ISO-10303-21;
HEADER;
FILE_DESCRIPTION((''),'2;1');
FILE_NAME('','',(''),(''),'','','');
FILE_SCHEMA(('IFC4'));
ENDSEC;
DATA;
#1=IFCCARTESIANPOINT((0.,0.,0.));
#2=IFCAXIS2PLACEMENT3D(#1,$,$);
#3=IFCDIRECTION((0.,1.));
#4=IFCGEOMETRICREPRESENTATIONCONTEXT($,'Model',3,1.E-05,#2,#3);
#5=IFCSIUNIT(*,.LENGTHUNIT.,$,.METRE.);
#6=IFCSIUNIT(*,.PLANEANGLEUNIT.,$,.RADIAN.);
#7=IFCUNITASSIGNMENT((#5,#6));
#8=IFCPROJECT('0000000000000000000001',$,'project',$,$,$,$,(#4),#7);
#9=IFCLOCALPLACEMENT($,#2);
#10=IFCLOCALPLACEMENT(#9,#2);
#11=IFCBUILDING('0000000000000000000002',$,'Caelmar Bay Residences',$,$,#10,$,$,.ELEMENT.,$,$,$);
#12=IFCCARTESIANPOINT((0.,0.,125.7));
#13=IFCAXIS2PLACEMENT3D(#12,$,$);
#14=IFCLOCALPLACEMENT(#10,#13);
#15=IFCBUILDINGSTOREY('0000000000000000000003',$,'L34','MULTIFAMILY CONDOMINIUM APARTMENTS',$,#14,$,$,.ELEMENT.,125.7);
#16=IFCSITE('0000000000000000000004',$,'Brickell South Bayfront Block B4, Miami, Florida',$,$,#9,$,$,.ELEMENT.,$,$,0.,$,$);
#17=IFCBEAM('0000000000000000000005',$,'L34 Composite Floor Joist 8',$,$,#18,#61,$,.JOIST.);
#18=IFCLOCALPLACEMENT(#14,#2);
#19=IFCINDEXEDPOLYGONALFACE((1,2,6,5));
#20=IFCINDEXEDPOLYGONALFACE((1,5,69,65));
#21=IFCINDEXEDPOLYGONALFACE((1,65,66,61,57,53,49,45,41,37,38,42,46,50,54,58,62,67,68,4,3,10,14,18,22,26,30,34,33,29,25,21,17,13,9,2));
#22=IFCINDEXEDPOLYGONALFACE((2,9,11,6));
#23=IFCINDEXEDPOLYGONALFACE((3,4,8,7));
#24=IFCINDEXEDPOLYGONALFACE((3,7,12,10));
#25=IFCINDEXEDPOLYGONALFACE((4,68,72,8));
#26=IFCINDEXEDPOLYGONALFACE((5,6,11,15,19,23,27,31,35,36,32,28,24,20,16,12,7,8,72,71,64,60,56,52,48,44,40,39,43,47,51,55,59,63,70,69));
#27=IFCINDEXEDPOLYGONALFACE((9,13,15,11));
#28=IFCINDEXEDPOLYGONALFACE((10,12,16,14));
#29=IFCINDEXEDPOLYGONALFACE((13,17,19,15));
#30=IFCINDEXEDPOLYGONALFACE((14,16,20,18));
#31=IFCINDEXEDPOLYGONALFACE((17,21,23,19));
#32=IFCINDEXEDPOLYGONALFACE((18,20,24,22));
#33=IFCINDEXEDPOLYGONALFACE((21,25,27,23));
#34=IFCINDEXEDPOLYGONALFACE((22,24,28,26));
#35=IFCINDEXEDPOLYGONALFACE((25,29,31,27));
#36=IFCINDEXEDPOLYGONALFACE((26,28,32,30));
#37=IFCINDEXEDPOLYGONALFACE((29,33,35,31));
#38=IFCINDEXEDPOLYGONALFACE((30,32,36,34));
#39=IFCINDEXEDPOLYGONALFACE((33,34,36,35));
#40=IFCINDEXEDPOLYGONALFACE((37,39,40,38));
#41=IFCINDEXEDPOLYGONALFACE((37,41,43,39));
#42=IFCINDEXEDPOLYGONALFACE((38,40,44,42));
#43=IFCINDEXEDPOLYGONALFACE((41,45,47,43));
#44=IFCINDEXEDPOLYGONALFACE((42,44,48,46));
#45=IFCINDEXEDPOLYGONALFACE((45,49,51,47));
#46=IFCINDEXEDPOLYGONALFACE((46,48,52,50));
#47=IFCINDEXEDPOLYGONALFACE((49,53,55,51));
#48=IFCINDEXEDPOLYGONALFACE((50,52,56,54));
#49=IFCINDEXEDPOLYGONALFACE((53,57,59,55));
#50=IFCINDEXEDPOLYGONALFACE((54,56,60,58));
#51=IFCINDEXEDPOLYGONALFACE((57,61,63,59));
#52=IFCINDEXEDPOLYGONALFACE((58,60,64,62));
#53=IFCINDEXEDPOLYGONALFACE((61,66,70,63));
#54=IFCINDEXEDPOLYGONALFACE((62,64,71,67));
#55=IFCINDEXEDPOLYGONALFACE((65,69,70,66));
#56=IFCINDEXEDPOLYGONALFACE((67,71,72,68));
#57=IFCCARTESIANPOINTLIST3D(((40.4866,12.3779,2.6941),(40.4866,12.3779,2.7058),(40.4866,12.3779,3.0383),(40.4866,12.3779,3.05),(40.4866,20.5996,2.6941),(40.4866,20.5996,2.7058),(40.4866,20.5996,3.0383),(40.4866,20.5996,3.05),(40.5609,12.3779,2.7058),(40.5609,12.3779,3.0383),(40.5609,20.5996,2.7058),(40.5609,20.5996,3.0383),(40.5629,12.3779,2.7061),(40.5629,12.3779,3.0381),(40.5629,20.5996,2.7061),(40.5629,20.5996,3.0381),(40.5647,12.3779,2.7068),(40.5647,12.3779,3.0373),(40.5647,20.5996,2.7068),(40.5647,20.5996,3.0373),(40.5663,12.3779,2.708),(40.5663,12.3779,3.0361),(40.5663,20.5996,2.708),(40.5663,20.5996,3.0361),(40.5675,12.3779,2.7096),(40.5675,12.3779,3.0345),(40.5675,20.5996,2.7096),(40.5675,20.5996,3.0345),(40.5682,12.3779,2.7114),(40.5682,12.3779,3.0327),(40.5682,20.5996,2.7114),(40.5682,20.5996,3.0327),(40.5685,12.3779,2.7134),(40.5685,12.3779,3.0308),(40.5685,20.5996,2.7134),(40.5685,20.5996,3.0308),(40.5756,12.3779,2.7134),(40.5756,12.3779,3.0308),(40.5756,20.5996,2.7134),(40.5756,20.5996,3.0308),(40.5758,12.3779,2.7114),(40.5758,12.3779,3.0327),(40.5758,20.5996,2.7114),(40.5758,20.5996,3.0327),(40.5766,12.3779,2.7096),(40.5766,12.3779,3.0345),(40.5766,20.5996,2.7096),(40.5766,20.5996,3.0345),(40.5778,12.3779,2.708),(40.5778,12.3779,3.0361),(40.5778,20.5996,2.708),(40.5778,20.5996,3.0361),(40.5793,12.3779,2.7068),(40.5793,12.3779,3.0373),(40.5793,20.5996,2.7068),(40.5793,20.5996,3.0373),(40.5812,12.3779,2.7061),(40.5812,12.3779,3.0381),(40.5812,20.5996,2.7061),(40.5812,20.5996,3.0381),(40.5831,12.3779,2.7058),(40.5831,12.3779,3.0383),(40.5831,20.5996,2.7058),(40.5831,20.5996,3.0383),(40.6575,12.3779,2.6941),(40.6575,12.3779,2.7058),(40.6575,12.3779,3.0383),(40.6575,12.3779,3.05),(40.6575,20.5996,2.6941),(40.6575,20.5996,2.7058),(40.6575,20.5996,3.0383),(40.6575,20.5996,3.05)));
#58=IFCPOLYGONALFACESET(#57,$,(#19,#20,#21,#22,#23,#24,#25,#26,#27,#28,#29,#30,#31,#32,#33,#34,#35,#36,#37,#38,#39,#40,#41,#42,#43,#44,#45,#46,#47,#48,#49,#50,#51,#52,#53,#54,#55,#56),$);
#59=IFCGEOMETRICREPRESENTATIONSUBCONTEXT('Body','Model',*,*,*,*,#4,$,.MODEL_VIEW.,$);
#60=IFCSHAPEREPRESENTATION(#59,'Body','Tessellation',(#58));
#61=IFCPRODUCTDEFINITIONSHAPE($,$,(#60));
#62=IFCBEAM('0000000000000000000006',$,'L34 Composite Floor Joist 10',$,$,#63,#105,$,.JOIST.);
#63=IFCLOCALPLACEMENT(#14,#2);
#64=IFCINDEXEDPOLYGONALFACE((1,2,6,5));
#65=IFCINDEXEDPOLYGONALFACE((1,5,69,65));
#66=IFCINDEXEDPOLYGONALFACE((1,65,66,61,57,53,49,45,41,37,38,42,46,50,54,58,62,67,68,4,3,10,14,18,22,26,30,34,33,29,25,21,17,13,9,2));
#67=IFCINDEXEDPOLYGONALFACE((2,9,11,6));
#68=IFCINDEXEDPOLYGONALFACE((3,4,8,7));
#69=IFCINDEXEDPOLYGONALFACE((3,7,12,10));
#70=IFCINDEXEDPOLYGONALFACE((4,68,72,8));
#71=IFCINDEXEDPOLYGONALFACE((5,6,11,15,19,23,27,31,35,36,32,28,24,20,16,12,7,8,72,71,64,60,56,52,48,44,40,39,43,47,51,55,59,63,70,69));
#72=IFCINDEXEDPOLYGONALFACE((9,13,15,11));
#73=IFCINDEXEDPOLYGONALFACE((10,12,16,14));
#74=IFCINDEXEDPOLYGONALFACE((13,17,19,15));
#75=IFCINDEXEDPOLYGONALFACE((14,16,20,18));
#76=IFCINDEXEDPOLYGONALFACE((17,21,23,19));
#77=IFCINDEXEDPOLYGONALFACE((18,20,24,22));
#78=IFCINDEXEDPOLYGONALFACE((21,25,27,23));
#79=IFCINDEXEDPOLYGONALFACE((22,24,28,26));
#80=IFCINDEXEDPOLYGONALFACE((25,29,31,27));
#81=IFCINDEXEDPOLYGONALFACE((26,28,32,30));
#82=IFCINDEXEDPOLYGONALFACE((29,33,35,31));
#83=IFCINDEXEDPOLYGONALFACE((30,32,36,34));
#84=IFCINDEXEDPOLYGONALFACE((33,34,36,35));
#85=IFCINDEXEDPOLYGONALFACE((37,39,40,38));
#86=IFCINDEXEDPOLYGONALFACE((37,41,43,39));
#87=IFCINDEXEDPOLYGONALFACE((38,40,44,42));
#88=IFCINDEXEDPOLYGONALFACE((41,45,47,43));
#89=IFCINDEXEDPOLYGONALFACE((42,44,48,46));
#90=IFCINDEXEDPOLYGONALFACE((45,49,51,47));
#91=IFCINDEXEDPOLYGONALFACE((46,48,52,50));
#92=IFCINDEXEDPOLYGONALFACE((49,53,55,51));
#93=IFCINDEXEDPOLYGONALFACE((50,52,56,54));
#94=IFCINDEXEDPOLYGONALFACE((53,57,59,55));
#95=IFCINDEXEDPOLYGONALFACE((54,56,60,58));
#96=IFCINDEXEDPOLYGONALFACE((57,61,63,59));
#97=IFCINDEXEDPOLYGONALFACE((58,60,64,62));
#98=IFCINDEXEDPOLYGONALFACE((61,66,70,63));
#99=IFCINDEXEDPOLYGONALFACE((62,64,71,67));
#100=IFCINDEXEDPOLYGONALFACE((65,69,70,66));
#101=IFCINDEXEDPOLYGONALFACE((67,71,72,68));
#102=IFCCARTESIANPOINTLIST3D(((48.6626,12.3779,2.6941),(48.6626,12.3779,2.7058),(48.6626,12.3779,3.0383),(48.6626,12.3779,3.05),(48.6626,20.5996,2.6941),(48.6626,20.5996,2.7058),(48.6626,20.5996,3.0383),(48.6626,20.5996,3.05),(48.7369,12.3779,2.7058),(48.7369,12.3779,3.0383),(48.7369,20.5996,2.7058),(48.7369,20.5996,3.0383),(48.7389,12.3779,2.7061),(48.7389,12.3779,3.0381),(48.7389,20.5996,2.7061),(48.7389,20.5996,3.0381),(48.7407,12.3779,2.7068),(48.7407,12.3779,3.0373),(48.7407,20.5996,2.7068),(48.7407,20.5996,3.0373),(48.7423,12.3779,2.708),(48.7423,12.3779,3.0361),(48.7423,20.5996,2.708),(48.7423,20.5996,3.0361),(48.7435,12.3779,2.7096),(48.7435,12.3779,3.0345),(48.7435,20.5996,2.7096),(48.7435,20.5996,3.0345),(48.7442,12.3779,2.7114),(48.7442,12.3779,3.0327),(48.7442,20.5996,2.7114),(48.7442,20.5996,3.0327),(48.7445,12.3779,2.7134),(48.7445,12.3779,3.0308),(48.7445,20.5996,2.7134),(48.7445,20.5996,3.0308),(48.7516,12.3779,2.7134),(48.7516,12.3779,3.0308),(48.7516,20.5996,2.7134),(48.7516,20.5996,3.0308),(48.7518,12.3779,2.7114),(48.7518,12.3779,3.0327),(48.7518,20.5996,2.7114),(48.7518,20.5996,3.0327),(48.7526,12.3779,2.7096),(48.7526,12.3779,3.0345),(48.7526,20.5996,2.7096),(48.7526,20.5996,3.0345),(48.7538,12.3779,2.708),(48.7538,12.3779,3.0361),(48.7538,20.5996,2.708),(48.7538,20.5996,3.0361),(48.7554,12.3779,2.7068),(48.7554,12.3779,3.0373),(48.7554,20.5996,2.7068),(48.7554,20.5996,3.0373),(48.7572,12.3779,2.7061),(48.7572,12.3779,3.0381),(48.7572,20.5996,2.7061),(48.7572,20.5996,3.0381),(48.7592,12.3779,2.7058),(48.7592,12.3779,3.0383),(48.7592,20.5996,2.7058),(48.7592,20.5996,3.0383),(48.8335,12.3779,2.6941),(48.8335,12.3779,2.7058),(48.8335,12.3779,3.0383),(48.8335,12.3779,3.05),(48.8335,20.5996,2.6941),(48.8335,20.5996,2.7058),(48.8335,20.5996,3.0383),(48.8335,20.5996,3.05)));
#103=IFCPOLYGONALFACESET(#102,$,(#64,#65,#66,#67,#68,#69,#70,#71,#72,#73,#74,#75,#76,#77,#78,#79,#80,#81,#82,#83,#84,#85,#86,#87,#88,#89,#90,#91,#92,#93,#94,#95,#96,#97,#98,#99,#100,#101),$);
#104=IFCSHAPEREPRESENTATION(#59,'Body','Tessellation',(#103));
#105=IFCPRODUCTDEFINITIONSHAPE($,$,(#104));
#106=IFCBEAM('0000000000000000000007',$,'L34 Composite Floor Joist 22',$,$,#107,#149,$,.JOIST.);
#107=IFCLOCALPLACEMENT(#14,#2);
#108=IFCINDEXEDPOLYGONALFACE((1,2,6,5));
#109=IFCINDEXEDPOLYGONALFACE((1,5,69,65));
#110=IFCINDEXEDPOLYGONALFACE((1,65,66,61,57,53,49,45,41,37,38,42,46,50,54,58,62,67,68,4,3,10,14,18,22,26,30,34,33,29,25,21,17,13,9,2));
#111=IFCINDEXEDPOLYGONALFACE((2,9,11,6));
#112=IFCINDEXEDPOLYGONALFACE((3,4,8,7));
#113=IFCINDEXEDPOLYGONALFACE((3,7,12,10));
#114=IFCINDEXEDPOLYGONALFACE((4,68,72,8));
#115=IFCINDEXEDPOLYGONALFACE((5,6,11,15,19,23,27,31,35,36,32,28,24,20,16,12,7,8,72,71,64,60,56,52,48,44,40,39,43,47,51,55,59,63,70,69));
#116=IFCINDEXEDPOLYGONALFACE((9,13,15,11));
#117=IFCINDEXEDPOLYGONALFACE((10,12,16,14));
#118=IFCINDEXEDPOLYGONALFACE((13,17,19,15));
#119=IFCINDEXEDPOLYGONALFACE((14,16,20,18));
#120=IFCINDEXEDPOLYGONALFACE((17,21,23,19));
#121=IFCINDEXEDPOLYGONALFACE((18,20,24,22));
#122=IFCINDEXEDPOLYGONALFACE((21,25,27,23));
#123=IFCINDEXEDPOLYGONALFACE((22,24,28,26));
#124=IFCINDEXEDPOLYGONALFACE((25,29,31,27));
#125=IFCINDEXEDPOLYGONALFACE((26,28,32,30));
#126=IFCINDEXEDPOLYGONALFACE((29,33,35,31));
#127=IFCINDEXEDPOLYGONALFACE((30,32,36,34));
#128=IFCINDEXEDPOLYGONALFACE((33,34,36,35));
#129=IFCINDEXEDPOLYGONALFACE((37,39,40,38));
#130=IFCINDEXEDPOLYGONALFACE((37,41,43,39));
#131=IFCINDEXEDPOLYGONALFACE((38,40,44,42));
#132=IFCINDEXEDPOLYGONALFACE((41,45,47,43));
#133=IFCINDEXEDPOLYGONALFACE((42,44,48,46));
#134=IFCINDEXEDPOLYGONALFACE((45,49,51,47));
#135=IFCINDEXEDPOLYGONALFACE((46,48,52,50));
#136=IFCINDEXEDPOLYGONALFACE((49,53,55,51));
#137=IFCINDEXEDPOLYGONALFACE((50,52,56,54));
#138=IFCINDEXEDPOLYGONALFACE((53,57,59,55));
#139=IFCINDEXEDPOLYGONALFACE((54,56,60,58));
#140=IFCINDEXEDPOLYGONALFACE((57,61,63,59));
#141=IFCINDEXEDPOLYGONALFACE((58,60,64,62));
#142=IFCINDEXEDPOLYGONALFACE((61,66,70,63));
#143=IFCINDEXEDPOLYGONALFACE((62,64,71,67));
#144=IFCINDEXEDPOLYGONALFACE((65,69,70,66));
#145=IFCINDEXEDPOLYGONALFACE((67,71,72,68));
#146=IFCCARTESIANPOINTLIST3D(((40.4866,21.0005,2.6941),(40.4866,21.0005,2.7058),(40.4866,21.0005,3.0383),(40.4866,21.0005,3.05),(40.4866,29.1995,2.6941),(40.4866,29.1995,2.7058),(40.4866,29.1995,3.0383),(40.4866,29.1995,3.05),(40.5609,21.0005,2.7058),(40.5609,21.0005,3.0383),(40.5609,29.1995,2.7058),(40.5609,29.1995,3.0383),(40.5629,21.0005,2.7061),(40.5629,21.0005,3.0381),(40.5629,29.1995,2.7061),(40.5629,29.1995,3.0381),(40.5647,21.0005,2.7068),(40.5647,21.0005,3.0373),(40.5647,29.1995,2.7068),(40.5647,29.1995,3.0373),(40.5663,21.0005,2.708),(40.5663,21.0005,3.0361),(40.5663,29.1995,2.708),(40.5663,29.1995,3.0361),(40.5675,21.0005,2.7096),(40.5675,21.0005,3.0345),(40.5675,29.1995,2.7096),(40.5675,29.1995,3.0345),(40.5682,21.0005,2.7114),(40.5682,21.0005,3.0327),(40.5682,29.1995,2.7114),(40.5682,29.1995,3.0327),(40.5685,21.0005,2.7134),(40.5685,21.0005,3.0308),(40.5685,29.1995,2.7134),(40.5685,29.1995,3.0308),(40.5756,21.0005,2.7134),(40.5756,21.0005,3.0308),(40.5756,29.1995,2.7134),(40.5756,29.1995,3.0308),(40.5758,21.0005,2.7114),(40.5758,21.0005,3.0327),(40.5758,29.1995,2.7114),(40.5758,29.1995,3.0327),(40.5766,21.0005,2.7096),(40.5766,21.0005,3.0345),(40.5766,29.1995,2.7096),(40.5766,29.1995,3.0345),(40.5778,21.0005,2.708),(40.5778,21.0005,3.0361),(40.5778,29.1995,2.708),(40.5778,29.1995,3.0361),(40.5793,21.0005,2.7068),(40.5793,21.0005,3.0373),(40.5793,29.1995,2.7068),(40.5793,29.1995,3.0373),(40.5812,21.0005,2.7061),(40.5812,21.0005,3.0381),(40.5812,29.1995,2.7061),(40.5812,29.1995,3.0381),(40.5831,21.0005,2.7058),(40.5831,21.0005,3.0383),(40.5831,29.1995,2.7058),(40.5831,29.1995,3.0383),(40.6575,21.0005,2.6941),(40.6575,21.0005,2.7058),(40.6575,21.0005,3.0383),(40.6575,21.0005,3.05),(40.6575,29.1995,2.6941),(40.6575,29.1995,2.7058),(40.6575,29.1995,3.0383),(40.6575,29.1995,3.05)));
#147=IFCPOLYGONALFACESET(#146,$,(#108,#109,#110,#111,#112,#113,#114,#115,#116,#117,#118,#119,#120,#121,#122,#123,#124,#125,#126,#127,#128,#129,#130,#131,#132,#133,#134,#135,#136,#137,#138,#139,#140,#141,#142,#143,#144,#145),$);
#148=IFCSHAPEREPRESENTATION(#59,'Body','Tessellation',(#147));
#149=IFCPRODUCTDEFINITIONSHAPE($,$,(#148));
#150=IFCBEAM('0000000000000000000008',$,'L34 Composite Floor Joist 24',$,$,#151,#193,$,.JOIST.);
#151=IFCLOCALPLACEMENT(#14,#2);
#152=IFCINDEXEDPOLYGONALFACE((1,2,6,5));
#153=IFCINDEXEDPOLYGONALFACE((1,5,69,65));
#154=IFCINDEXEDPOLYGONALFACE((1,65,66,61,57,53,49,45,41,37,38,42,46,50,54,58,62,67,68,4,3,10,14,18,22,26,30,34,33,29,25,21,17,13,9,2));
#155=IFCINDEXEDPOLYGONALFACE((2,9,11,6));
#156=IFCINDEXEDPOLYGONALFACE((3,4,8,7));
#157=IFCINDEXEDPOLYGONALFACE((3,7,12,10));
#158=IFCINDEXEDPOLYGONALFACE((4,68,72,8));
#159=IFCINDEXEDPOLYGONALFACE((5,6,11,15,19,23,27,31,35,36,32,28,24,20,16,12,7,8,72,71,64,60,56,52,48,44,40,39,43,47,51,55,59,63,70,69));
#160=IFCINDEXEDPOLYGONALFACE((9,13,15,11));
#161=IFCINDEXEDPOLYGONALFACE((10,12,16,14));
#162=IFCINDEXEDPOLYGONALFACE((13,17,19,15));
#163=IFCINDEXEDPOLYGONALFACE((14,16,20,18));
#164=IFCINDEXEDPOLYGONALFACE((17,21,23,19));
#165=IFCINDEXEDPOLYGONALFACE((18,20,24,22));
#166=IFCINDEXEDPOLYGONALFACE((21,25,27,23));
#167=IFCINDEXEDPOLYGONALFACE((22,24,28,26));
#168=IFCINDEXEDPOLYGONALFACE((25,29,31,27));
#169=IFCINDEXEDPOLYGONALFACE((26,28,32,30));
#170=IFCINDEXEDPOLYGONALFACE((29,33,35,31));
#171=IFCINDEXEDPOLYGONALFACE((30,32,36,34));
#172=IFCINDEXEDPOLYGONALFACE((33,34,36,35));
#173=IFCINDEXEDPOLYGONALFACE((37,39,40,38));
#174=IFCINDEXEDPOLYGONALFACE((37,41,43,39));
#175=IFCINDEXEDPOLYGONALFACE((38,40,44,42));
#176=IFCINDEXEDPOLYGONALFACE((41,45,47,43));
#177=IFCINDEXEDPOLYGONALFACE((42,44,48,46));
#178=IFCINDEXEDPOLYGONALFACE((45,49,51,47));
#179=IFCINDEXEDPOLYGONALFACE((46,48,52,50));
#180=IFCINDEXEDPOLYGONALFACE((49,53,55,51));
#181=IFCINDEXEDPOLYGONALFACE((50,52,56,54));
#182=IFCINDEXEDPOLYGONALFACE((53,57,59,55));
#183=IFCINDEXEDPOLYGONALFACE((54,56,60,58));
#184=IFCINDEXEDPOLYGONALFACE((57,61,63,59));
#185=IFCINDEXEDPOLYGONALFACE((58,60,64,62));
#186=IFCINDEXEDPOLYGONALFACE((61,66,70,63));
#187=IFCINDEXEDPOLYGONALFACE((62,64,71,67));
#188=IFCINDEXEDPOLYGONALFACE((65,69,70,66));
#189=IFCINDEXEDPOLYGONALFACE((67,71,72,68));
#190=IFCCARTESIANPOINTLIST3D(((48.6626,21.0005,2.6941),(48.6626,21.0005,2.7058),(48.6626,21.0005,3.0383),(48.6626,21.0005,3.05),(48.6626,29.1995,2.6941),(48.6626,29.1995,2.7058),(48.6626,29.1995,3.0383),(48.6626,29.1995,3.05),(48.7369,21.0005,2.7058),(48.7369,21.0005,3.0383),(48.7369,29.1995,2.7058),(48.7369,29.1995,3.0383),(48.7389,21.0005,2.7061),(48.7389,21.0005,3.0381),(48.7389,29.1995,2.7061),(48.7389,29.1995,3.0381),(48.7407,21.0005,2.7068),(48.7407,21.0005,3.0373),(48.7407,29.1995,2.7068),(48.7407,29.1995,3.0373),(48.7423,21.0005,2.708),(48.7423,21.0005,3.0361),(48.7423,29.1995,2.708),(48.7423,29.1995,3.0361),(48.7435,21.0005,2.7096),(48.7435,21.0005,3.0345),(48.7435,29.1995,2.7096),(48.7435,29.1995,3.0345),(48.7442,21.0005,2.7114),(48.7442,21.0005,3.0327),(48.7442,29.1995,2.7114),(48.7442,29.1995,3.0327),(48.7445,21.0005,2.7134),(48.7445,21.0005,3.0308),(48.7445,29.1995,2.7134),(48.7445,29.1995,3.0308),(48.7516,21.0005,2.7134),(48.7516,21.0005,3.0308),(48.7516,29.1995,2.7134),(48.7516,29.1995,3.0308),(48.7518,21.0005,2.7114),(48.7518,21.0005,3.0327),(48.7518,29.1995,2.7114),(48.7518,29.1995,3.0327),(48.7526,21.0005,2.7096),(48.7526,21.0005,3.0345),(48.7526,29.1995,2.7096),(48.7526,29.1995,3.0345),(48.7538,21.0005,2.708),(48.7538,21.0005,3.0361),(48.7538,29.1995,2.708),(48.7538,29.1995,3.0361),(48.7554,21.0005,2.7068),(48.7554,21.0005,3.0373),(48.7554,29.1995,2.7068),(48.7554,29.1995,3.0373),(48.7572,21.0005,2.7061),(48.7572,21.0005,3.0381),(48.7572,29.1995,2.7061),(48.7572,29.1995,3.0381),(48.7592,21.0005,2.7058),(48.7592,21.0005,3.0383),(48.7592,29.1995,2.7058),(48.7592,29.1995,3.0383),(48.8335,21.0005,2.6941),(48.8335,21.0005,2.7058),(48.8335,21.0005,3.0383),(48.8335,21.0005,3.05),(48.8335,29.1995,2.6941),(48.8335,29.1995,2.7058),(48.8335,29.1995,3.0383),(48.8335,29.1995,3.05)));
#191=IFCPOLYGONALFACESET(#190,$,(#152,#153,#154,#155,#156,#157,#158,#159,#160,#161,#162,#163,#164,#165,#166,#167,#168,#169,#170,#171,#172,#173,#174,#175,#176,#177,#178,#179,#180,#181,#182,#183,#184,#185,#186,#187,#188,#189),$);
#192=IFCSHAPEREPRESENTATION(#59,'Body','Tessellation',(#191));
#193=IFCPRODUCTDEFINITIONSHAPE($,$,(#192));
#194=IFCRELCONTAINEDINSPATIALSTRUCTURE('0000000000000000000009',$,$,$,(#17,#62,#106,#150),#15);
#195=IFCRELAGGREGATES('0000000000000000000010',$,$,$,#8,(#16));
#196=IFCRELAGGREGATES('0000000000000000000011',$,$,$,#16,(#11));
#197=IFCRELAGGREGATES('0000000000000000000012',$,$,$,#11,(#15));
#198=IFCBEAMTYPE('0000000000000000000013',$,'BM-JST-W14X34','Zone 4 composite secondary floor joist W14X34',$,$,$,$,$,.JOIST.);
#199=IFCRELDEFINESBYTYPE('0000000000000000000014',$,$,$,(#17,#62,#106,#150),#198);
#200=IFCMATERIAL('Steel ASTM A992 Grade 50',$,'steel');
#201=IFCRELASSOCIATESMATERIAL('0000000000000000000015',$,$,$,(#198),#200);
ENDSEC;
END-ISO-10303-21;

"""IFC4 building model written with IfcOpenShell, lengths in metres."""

from ifc_helpers import new_model, si_unit, direction, frame, origin, origin_2d, place, context, subcontext, project, spatial, i_section, extrude, material, material_profile, profile_set, type_object, element, save


model = new_model("IFC4")

# Units and contexts
model_context = context("Model", 3, precision=1e-05, world=origin(), true_north=direction((0.0, 1.0)))
body_context = subcontext(model_context, "Body", "Model", "MODEL_VIEW")
ifc_project = project(units=[si_unit("LENGTHUNIT", "METRE"), si_unit("PLANEANGLEUNIT", "RADIAN")], contexts=[model_context])

# Site, building, storey
site_placement = place(None, origin())
site = spatial("IfcSite", under=ifc_project, at=site_placement, Name="Brickell South Bayfront Block B4, Miami, Florida", CompositionType="ELEMENT", RefElevation=0.0)
building_placement = place(site_placement, origin())
building = spatial("IfcBuilding", under=site, at=building_placement, Name="Caelmar Bay Residences", CompositionType="ELEMENT")
storey_placement = place(building_placement, frame((0.0, 0.0, 125.7)))
storey = spatial("IfcBuildingStorey", under=building, at=storey_placement, Name="L34", Description="MULTIFAMILY CONDOMINIUM APARTMENTS", CompositionType="ELEMENT", Elevation=125.7)

# Beams
ifc_material_1 = material(Name="Steel ASTM A992 Grade 50", Category="steel")
ifc_material_profile_1 = material_profile(ifc_material_1, i_section(OverallWidth=0.1709, OverallDepth=0.356, WebThickness=0.0071, FlangeThickness=0.0117, FilletRadius=0.0076, at=origin_2d()), Name="W14X34")
ifc_profile_set_1 = profile_set([ifc_material_profile_1], Name="Steel ASTM A992 Grade 50")
beam_type_1 = type_object("IfcBeamType", Name="BM-JST-W14X34", Description="Zone 4 composite secondary floor joist W14X34", PredefinedType="JOIST", material=ifc_profile_set_1)
for number, where, z_axis, x_axis, name in (
    (1, (40.572, 12.3779, 2.8721), (0.0, 1.0, 0.0), (-1.0, 0.0, 0.0), "L34 Composite Floor Joist 8"),
    (2, (48.748, 12.3779, 2.8721), (0.0, 1.0, 0.0), (-1.0, 0.0, 0.0), "L34 Composite Floor Joist 10"),
):
    element("IfcBeam", number, at=place(storey_placement, frame(where, z_axis=z_axis, x_axis=x_axis)), inside=storey, type_object=beam_type_1, Name=name, PredefinedType="JOIST", context=body_context, shape_type="SweptSolid", body=[
        extrude(i_section(OverallWidth=0.1709, OverallDepth=0.356, WebThickness=0.0071, FlangeThickness=0.0117, FilletRadius=0.0076, at=origin_2d()), origin(), (0.0, 0.0, 1.0), 8.2217),
    ])
for number, where, z_axis, x_axis, name in (
    (3, (40.572, 21.0005, 2.8721), (0.0, 1.0, 0.0), (-1.0, 0.0, 0.0), "L34 Composite Floor Joist 22"),
    (4, (48.748, 21.0005, 2.8721), (0.0, 1.0, 0.0), (-1.0, 0.0, 0.0), "L34 Composite Floor Joist 24"),
):
    element("IfcBeam", number, at=place(storey_placement, frame(where, z_axis=z_axis, x_axis=x_axis)), inside=storey, type_object=beam_type_1, Name=name, PredefinedType="JOIST", context=body_context, shape_type="SweptSolid", body=[
        extrude(i_section(OverallWidth=0.1709, OverallDepth=0.356, WebThickness=0.0071, FlangeThickness=0.0117, FilletRadius=0.0076, at=origin_2d()), origin(), (0.0, 0.0, 1.0), 8.199),
    ])

save(model, "model.ifc")
